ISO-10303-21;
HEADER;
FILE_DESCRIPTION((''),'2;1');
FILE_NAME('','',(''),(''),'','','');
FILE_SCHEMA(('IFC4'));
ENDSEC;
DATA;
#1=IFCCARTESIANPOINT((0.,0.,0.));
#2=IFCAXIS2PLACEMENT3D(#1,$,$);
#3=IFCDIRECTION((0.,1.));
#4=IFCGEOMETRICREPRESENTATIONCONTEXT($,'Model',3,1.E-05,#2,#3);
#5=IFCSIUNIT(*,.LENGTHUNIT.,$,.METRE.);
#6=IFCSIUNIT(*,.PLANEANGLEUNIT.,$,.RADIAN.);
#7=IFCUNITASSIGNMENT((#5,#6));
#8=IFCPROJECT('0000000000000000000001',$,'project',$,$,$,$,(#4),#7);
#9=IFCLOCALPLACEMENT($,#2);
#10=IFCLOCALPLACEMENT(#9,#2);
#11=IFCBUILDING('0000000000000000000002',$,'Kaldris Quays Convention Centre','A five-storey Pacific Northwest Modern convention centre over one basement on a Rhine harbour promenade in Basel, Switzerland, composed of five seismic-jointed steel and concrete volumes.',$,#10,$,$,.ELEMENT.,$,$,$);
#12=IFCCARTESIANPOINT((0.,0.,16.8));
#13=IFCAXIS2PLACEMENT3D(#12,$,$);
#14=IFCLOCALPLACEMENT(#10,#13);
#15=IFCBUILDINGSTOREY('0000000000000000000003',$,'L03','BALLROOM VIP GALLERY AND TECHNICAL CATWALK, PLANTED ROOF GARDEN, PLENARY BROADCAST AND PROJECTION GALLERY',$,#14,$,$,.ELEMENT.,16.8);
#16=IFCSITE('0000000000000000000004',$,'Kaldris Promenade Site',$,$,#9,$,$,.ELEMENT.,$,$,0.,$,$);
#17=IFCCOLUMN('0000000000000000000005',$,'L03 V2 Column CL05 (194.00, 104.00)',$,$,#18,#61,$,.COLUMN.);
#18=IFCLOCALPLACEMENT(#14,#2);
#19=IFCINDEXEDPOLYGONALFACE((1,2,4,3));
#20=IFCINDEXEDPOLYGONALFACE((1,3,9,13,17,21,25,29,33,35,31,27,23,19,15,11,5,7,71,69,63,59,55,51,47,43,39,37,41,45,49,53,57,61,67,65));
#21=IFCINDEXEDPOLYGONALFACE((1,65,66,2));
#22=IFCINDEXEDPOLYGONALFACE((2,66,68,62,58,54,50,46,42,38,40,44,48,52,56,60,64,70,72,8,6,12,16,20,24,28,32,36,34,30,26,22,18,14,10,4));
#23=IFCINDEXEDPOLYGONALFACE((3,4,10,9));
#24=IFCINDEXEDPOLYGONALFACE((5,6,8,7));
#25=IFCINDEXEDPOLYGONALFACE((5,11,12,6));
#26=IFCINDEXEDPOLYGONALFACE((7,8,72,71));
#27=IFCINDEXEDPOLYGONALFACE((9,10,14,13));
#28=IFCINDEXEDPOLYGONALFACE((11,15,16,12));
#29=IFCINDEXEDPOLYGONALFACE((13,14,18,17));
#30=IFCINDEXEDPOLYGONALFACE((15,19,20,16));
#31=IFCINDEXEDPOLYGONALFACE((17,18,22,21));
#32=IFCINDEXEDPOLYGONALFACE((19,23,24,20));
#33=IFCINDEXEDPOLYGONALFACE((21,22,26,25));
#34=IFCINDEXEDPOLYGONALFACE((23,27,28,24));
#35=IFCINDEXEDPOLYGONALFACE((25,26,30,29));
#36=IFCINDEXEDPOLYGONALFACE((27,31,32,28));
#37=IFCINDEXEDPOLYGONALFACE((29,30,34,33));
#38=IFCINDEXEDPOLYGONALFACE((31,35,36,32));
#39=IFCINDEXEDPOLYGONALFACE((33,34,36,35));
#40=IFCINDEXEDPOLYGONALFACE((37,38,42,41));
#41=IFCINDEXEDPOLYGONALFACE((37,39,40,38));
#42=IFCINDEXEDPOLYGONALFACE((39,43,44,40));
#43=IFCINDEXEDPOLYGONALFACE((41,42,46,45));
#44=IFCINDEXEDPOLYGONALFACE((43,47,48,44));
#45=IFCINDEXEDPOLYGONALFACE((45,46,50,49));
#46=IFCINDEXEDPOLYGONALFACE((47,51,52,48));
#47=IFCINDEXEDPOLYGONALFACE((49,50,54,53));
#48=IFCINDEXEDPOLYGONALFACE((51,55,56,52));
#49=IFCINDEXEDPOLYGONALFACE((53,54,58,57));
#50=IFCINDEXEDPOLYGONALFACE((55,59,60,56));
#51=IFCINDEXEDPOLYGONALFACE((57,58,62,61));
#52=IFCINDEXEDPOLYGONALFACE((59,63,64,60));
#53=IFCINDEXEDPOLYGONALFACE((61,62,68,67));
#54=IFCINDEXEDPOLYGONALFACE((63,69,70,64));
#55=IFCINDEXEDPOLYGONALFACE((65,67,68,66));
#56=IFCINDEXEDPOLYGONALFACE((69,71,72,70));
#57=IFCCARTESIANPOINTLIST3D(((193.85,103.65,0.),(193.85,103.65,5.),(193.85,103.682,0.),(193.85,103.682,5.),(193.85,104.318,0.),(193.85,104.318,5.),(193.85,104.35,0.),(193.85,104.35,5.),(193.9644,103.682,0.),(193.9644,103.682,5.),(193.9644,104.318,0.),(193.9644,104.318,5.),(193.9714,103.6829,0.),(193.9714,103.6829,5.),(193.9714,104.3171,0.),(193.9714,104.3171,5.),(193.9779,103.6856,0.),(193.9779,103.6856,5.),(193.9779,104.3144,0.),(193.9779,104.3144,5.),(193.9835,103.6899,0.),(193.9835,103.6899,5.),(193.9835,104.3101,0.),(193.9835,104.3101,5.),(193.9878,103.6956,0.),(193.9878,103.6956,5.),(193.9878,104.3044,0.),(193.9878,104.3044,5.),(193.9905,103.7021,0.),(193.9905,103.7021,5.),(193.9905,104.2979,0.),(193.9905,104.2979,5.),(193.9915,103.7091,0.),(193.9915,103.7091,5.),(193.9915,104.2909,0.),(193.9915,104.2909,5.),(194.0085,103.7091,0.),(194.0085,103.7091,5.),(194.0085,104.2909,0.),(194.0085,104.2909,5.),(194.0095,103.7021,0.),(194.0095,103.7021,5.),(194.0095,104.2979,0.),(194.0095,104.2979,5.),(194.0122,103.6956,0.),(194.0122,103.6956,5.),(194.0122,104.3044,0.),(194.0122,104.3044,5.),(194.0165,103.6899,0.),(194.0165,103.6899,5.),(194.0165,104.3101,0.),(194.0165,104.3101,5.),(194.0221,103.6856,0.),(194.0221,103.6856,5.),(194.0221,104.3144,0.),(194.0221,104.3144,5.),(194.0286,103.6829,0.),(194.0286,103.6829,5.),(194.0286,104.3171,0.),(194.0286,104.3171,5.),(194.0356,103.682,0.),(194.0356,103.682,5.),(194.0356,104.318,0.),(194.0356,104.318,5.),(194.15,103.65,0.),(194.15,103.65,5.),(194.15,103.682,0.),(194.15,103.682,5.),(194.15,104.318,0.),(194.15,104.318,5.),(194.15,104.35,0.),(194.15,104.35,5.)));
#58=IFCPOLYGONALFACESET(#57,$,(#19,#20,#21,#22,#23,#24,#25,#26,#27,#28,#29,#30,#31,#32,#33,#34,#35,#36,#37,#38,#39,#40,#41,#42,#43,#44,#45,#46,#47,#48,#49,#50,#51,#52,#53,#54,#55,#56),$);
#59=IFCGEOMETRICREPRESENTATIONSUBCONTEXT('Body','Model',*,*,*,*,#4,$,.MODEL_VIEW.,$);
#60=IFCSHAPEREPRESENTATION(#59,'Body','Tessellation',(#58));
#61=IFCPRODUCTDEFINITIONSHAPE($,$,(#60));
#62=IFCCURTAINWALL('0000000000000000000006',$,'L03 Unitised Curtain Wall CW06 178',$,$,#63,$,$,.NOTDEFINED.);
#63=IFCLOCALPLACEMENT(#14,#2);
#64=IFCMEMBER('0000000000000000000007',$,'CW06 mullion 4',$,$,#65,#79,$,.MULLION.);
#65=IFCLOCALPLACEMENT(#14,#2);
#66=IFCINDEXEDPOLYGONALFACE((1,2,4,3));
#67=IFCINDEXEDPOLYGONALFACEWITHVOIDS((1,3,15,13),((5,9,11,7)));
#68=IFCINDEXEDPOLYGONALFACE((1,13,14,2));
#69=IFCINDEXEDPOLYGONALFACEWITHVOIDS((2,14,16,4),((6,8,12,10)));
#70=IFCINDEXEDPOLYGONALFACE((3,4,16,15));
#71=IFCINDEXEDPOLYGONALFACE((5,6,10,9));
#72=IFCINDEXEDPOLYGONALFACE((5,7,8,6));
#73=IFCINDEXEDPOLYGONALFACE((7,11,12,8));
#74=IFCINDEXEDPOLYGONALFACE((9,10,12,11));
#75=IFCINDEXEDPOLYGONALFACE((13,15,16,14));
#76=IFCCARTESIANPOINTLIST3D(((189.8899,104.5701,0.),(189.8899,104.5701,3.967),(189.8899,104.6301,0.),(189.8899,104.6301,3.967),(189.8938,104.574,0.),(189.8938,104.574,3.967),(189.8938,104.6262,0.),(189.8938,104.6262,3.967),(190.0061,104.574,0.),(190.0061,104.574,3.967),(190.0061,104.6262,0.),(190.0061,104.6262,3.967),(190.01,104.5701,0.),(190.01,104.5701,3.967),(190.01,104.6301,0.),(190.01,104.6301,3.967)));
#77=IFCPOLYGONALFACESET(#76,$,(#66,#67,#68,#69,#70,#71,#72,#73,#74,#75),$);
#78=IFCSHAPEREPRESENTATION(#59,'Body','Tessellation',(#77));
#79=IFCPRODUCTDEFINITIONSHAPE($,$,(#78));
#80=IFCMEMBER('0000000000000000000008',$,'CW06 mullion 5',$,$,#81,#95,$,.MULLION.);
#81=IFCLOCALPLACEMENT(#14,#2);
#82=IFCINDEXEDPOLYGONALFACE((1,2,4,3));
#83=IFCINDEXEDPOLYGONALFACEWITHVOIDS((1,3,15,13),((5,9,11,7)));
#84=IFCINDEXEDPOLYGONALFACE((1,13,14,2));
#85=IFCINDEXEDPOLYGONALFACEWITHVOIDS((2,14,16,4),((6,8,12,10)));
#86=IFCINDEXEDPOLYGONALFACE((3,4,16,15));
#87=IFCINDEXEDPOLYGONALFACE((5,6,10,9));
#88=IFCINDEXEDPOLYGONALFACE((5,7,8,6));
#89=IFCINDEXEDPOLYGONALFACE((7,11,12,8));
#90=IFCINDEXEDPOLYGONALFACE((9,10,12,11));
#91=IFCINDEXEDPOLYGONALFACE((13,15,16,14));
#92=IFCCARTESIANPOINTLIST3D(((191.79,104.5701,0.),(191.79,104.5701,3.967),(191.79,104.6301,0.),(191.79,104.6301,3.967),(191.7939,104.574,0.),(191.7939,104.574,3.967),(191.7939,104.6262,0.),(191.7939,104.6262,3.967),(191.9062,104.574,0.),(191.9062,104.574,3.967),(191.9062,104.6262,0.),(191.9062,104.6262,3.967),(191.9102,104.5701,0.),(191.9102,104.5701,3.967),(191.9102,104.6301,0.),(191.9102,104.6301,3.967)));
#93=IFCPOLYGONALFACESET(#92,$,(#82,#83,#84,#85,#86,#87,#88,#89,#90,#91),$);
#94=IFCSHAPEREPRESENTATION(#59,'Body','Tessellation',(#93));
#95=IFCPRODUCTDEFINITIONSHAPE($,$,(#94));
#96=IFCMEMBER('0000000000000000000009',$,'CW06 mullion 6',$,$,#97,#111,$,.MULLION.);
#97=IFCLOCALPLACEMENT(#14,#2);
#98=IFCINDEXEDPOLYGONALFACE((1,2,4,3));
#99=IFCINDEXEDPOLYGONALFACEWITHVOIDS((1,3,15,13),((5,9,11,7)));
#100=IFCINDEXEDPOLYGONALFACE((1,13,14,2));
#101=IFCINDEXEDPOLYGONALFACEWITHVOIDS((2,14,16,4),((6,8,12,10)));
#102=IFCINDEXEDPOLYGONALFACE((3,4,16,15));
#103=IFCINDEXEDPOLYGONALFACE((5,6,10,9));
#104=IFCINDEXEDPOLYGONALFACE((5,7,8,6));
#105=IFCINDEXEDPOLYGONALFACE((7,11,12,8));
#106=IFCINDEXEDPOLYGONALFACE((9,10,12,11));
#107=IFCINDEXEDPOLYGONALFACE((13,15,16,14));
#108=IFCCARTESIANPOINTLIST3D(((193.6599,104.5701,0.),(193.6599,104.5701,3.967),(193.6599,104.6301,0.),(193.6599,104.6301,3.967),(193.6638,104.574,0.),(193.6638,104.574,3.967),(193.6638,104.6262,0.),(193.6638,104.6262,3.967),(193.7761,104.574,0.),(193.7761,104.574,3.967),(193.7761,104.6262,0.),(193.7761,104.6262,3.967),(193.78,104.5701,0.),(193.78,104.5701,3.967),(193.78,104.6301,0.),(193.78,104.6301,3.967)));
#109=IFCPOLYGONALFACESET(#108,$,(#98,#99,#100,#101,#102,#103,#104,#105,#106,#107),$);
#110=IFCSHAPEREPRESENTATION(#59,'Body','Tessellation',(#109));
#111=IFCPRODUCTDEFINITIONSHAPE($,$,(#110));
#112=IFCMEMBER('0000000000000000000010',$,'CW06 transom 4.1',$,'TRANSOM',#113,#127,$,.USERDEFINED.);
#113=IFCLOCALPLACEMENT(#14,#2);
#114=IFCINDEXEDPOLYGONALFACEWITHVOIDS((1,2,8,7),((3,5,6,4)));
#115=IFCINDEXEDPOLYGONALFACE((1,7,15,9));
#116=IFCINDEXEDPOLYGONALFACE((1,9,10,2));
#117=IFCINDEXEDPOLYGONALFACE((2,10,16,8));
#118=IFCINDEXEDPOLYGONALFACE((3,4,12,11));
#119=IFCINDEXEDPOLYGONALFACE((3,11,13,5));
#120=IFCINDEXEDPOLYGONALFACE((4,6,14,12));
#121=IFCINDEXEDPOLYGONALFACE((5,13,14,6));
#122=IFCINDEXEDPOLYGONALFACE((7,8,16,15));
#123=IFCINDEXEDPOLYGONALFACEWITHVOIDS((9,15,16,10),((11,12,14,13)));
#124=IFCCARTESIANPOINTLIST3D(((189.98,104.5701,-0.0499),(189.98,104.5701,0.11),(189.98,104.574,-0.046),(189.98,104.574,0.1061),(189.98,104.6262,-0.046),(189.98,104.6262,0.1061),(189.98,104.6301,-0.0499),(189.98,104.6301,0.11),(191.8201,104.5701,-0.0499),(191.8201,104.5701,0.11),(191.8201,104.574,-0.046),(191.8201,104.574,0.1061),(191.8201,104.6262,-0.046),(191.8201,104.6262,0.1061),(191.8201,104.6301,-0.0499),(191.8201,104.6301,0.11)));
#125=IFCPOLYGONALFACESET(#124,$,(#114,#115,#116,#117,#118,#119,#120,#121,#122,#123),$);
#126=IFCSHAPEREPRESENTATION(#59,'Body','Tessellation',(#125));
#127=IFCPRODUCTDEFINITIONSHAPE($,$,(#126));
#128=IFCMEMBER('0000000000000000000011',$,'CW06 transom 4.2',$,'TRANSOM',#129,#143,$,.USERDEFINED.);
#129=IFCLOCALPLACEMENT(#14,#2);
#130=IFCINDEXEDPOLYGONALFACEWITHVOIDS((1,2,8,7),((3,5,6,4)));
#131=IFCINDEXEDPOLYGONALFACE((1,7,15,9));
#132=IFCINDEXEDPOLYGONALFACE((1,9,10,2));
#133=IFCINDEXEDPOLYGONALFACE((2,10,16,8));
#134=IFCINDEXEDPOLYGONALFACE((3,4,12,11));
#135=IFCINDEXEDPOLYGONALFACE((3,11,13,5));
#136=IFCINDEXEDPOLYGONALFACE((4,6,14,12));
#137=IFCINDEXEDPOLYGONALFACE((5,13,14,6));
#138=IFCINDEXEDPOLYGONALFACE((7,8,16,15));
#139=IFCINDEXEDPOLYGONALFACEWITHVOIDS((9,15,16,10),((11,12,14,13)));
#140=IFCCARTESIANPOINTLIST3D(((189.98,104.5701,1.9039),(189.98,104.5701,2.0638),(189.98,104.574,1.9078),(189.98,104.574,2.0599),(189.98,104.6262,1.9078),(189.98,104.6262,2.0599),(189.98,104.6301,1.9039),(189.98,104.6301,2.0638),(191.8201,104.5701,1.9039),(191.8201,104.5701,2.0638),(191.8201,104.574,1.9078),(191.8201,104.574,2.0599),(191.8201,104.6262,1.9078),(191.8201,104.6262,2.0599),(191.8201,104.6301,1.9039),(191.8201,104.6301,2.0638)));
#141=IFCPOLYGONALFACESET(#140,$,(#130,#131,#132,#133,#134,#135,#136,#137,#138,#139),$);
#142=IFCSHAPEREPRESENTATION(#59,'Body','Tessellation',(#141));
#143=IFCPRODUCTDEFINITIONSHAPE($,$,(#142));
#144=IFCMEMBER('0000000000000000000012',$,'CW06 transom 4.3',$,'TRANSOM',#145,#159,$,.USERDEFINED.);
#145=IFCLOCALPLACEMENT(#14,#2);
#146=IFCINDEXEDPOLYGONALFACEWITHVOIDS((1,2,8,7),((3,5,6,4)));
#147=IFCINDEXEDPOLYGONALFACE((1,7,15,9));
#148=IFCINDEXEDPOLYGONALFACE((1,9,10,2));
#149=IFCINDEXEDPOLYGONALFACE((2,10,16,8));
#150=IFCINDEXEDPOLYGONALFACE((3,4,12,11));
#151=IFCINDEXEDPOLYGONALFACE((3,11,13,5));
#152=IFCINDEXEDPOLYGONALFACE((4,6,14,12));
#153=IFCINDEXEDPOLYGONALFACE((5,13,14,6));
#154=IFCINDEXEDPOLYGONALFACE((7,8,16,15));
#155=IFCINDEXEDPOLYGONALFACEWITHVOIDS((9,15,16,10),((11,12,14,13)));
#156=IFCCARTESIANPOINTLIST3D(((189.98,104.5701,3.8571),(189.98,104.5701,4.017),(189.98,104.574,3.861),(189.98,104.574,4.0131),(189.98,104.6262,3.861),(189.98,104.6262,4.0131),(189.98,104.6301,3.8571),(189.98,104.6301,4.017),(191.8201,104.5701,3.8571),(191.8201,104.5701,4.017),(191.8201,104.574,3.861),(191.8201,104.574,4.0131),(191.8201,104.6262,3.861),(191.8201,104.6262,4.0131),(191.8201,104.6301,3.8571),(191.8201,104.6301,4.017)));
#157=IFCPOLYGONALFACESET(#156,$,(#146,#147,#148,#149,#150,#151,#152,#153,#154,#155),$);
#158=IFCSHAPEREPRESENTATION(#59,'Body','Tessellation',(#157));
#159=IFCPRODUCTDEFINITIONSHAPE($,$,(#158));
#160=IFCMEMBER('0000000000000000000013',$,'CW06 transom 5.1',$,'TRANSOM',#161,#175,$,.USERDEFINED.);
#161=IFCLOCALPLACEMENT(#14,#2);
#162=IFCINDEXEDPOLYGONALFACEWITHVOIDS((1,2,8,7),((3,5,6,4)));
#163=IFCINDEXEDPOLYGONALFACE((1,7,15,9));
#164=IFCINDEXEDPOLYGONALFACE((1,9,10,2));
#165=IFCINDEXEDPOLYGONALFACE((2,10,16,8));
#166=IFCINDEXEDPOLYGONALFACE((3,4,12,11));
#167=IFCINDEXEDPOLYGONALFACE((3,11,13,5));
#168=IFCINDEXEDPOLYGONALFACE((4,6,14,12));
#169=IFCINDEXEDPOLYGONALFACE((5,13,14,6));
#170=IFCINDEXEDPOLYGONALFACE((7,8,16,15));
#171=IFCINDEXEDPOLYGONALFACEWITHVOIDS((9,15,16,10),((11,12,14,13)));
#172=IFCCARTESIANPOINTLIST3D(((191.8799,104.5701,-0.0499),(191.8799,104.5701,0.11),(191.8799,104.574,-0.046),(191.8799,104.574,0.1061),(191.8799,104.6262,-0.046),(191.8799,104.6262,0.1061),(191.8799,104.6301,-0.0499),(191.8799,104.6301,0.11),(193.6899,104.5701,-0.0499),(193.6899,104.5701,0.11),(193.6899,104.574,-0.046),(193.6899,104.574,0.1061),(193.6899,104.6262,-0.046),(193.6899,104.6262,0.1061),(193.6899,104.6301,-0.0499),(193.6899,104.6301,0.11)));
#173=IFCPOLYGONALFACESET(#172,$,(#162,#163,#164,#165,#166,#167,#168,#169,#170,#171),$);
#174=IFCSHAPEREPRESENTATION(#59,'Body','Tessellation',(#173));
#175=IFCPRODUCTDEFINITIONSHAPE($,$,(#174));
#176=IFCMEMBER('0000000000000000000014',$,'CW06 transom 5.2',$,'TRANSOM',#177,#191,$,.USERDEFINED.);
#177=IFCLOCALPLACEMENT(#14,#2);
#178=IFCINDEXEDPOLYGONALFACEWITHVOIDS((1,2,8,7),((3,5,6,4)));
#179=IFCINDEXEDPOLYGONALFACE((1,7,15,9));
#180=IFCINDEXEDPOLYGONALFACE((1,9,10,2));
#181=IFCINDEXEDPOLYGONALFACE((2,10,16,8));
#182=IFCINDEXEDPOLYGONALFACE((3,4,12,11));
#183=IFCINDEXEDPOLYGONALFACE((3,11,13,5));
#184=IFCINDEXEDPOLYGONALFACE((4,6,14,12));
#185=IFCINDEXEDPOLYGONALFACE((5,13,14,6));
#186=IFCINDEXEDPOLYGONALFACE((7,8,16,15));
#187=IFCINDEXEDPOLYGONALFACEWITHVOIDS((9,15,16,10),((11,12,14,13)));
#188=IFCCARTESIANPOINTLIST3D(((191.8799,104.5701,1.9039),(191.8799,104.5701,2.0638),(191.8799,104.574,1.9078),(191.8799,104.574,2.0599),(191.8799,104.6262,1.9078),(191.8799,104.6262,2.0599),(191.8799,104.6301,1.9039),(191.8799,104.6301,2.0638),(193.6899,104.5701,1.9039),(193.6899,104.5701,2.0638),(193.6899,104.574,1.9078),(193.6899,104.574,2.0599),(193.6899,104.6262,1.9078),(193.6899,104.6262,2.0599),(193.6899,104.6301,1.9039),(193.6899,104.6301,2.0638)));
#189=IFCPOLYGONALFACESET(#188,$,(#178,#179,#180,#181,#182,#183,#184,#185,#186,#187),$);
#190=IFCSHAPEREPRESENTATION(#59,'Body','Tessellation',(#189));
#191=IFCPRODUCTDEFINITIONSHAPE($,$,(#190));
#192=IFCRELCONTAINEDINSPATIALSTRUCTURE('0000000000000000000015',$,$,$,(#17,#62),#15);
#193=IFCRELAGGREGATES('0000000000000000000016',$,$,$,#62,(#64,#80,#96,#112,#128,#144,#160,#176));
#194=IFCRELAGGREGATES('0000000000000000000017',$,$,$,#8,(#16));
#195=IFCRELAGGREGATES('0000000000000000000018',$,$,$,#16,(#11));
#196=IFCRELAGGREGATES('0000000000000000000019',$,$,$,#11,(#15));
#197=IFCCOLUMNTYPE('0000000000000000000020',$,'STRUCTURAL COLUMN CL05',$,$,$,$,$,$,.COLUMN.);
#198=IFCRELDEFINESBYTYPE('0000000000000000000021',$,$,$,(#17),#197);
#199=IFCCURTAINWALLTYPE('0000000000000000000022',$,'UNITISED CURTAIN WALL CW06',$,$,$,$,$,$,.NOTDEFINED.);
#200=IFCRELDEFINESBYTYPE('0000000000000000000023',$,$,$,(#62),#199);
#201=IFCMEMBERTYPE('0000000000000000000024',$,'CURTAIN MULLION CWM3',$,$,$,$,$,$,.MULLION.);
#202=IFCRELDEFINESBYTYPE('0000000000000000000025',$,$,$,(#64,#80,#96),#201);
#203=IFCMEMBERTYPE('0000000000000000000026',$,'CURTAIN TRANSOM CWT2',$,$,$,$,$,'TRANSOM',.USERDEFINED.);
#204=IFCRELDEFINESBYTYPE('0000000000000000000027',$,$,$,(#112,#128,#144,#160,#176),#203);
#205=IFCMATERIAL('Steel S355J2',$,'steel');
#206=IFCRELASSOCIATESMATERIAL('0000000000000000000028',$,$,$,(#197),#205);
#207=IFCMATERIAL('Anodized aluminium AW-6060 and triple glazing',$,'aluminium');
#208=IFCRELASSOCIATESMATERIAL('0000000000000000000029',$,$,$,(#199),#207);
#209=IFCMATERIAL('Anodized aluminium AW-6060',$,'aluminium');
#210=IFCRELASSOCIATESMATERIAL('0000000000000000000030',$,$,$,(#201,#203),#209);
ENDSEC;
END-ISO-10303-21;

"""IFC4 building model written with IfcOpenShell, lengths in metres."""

from ifc_helpers import new_model, si_unit, direction, frame, origin, origin_2d, place, context, subcontext, project, spatial, hollow_rectangle, i_section, extrude, material, material_profile, profile_set, type_object, element, aggregate, save


model = new_model("IFC4")

# Units and contexts
model_context = context("Model", 3, precision=1e-05, world=origin(), true_north=direction((0.0, 1.0)))
body_context = subcontext(model_context, "Body", "Model", "MODEL_VIEW")
ifc_project = project(units=[si_unit("LENGTHUNIT", "METRE"), si_unit("PLANEANGLEUNIT", "RADIAN")], contexts=[model_context])

# Site, building, storey
site_placement = place(None, origin())
site = spatial("IfcSite", under=ifc_project, at=site_placement, Name="Kaldris Promenade Site", CompositionType="ELEMENT", RefElevation=0.0)
building_placement = place(site_placement, origin())
building = spatial("IfcBuilding", under=site, at=building_placement, Name="Kaldris Quays Convention Centre", Description="A five-storey Pacific Northwest Modern convention centre over one basement on a Rhine harbour promenade in Basel, Switzerland, composed of five seismic-jointed steel and concrete volumes.", CompositionType="ELEMENT")
storey_placement = place(building_placement, frame((0.0, 0.0, 16.8)))
storey = spatial("IfcBuildingStorey", under=building, at=storey_placement, Name="L03", Description="BALLROOM VIP GALLERY AND TECHNICAL CATWALK, PLANTED ROOF GARDEN, PLENARY BROADCAST AND PROJECTION GALLERY", CompositionType="ELEMENT", Elevation=16.8)

# Column
ifc_material_1 = material(Name="Steel S355J2", Category="steel")
ifc_material_profile_1 = material_profile(ifc_material_1, i_section(OverallWidth=0.3, OverallDepth=0.7, WebThickness=0.0171, FlangeThickness=0.032, FilletRadius=0.0271, at=origin_2d()), Name="HEB 700")
ifc_profile_set_1 = profile_set([ifc_material_profile_1], Name="Steel S355J2")
column_type = type_object("IfcColumnType", Name="STRUCTURAL COLUMN CL05", PredefinedType="COLUMN", material=ifc_profile_set_1)
column_placement = place(storey_placement, frame((194.0, 104.0, 0.0), z_axis=(0.0, 0.0, 1.0), x_axis=(1.0, 0.0, 0.0)))
element("IfcColumn", 1, at=column_placement, inside=storey, type_object=column_type, Name="L03 V2 Column CL05 (194.00, 104.00)", PredefinedType="COLUMN", context=body_context, shape_type="SweptSolid", body=[
    extrude(i_section(OverallWidth=0.3, OverallDepth=0.7, WebThickness=0.0171, FlangeThickness=0.032, FilletRadius=0.0271, at=origin_2d()), origin(), (0.0, 0.0, 1.0), 5.0),
])

# Curtain wall, members
ifc_material_2 = material(Name="Anodized aluminium AW-6060 and triple glazing", Category="aluminium")
curtain_wall_type = type_object("IfcCurtainWallType", Name="UNITISED CURTAIN WALL CW06", PredefinedType="NOTDEFINED", material=ifc_material_2)
curtain_wall_placement = place(storey_placement, origin())
curtain_wall = element("IfcCurtainWall", 2, at=curtain_wall_placement, inside=storey, type_object=curtain_wall_type, Name="L03 Unitised Curtain Wall CW06 178", PredefinedType="NOTDEFINED")
ifc_material_3 = material(Name="Anodized aluminium AW-6060", Category="aluminium")
ifc_material_profile_2 = material_profile(ifc_material_3, hollow_rectangle(XDim=0.0601, YDim=0.1201, WallThickness=0.0039, at=origin_2d()), Name="RHS 120x60x4")
ifc_profile_set_2 = profile_set([ifc_material_profile_2], Name="Anodized aluminium AW-6060")
member_type_1 = type_object("IfcMemberType", Name="CURTAIN MULLION CWM3", PredefinedType="MULLION", material=ifc_profile_set_2)
member_1_placement = place(storey_placement, frame((189.95, 104.6001, 0.0), z_axis=(0.0, 0.0, 1.0), x_axis=(0.0, 1.0, 0.0)))
member_1 = element("IfcMember", 3, at=member_1_placement, type_object=member_type_1, Name="CW06 mullion 4", PredefinedType="MULLION", context=body_context, shape_type="SweptSolid", body=[
    extrude(hollow_rectangle(XDim=0.0601, YDim=0.1201, WallThickness=0.0039, at=origin_2d()), origin(), (0.0, 0.0, 1.0), 3.967),
])
member_2_placement = place(storey_placement, frame((191.8501, 104.6001, 0.0), z_axis=(0.0, 0.0, 1.0), x_axis=(0.0, 1.0, 0.0)))
member_2 = element("IfcMember", 4, at=member_2_placement, type_object=member_type_1, Name="CW06 mullion 5", PredefinedType="MULLION", context=body_context, shape_type="SweptSolid", body=[
    extrude(hollow_rectangle(XDim=0.0601, YDim=0.1201, WallThickness=0.0039, at=origin_2d()), origin(), (0.0, 0.0, 1.0), 3.967),
])
member_3_placement = place(storey_placement, frame((193.72, 104.6001, 0.0), z_axis=(0.0, 0.0, 1.0), x_axis=(0.0, 1.0, 0.0)))
member_3 = element("IfcMember", 5, at=member_3_placement, type_object=member_type_1, Name="CW06 mullion 6", PredefinedType="MULLION", context=body_context, shape_type="SweptSolid", body=[
    extrude(hollow_rectangle(XDim=0.0601, YDim=0.1201, WallThickness=0.0039, at=origin_2d()), origin(), (0.0, 0.0, 1.0), 3.967),
])
ifc_material_profile_3 = material_profile(ifc_material_3, hollow_rectangle(XDim=0.0601, YDim=0.1599, WallThickness=0.0039, at=origin_2d()), Name="RHS 160x60x4")
ifc_profile_set_3 = profile_set([ifc_material_profile_3], Name="Anodized aluminium AW-6060")
member_type_2 = type_object("IfcMemberType", Name="CURTAIN TRANSOM CWT2", ElementType="TRANSOM", PredefinedType="USERDEFINED", material=ifc_profile_set_3)
member_4_placement = place(storey_placement, frame((189.98, 104.6001, 0.03), z_axis=(1.0, 0.0, 0.0), x_axis=(0.0, 1.0, 0.0)))
member_4 = element("IfcMember", 6, at=member_4_placement, type_object=member_type_2, Name="CW06 transom 4.1", ObjectType="TRANSOM", PredefinedType="USERDEFINED", context=body_context, shape_type="SweptSolid", body=[
    extrude(hollow_rectangle(XDim=0.0601, YDim=0.1599, WallThickness=0.0039, at=origin_2d()), origin(), (0.0, 0.0, 1.0), 1.8401),
])
member_5_placement = place(storey_placement, frame((189.98, 104.6001, 1.9839), z_axis=(1.0, 0.0, 0.0), x_axis=(0.0, 1.0, 0.0)))
member_5 = element("IfcMember", 7, at=member_5_placement, type_object=member_type_2, Name="CW06 transom 4.2", ObjectType="TRANSOM", PredefinedType="USERDEFINED", context=body_context, shape_type="SweptSolid", body=[
    extrude(hollow_rectangle(XDim=0.0601, YDim=0.1599, WallThickness=0.0039, at=origin_2d()), origin(), (0.0, 0.0, 1.0), 1.8401),
])
member_6_placement = place(storey_placement, frame((189.98, 104.6001, 3.937), z_axis=(1.0, 0.0, 0.0), x_axis=(0.0, 1.0, 0.0)))
member_6 = element("IfcMember", 8, at=member_6_placement, type_object=member_type_2, Name="CW06 transom 4.3", ObjectType="TRANSOM", PredefinedType="USERDEFINED", context=body_context, shape_type="SweptSolid", body=[
    extrude(hollow_rectangle(XDim=0.0601, YDim=0.1599, WallThickness=0.0039, at=origin_2d()), origin(), (0.0, 0.0, 1.0), 1.8401),
])
member_7_placement = place(storey_placement, frame((191.8799, 104.6001, 0.03), z_axis=(1.0, 0.0, 0.0), x_axis=(0.0, 1.0, 0.0)))
member_7 = element("IfcMember", 9, at=member_7_placement, type_object=member_type_2, Name="CW06 transom 5.1", ObjectType="TRANSOM", PredefinedType="USERDEFINED", context=body_context, shape_type="SweptSolid", body=[
    extrude(hollow_rectangle(XDim=0.0601, YDim=0.1599, WallThickness=0.0039, at=origin_2d()), origin(), (0.0, 0.0, 1.0), 1.8101),
])
member_8_placement = place(storey_placement, frame((191.8799, 104.6001, 1.9839), z_axis=(1.0, 0.0, 0.0), x_axis=(0.0, 1.0, 0.0)))
member_8 = element("IfcMember", 10, at=member_8_placement, type_object=member_type_2, Name="CW06 transom 5.2", ObjectType="TRANSOM", PredefinedType="USERDEFINED", context=body_context, shape_type="SweptSolid", body=[
    extrude(hollow_rectangle(XDim=0.0601, YDim=0.1599, WallThickness=0.0039, at=origin_2d()), origin(), (0.0, 0.0, 1.0), 1.8101),
])

aggregate(curtain_wall, [member_1, member_2, member_3, member_4, member_5, member_6, member_7, member_8])

save(model, "model.ifc")
